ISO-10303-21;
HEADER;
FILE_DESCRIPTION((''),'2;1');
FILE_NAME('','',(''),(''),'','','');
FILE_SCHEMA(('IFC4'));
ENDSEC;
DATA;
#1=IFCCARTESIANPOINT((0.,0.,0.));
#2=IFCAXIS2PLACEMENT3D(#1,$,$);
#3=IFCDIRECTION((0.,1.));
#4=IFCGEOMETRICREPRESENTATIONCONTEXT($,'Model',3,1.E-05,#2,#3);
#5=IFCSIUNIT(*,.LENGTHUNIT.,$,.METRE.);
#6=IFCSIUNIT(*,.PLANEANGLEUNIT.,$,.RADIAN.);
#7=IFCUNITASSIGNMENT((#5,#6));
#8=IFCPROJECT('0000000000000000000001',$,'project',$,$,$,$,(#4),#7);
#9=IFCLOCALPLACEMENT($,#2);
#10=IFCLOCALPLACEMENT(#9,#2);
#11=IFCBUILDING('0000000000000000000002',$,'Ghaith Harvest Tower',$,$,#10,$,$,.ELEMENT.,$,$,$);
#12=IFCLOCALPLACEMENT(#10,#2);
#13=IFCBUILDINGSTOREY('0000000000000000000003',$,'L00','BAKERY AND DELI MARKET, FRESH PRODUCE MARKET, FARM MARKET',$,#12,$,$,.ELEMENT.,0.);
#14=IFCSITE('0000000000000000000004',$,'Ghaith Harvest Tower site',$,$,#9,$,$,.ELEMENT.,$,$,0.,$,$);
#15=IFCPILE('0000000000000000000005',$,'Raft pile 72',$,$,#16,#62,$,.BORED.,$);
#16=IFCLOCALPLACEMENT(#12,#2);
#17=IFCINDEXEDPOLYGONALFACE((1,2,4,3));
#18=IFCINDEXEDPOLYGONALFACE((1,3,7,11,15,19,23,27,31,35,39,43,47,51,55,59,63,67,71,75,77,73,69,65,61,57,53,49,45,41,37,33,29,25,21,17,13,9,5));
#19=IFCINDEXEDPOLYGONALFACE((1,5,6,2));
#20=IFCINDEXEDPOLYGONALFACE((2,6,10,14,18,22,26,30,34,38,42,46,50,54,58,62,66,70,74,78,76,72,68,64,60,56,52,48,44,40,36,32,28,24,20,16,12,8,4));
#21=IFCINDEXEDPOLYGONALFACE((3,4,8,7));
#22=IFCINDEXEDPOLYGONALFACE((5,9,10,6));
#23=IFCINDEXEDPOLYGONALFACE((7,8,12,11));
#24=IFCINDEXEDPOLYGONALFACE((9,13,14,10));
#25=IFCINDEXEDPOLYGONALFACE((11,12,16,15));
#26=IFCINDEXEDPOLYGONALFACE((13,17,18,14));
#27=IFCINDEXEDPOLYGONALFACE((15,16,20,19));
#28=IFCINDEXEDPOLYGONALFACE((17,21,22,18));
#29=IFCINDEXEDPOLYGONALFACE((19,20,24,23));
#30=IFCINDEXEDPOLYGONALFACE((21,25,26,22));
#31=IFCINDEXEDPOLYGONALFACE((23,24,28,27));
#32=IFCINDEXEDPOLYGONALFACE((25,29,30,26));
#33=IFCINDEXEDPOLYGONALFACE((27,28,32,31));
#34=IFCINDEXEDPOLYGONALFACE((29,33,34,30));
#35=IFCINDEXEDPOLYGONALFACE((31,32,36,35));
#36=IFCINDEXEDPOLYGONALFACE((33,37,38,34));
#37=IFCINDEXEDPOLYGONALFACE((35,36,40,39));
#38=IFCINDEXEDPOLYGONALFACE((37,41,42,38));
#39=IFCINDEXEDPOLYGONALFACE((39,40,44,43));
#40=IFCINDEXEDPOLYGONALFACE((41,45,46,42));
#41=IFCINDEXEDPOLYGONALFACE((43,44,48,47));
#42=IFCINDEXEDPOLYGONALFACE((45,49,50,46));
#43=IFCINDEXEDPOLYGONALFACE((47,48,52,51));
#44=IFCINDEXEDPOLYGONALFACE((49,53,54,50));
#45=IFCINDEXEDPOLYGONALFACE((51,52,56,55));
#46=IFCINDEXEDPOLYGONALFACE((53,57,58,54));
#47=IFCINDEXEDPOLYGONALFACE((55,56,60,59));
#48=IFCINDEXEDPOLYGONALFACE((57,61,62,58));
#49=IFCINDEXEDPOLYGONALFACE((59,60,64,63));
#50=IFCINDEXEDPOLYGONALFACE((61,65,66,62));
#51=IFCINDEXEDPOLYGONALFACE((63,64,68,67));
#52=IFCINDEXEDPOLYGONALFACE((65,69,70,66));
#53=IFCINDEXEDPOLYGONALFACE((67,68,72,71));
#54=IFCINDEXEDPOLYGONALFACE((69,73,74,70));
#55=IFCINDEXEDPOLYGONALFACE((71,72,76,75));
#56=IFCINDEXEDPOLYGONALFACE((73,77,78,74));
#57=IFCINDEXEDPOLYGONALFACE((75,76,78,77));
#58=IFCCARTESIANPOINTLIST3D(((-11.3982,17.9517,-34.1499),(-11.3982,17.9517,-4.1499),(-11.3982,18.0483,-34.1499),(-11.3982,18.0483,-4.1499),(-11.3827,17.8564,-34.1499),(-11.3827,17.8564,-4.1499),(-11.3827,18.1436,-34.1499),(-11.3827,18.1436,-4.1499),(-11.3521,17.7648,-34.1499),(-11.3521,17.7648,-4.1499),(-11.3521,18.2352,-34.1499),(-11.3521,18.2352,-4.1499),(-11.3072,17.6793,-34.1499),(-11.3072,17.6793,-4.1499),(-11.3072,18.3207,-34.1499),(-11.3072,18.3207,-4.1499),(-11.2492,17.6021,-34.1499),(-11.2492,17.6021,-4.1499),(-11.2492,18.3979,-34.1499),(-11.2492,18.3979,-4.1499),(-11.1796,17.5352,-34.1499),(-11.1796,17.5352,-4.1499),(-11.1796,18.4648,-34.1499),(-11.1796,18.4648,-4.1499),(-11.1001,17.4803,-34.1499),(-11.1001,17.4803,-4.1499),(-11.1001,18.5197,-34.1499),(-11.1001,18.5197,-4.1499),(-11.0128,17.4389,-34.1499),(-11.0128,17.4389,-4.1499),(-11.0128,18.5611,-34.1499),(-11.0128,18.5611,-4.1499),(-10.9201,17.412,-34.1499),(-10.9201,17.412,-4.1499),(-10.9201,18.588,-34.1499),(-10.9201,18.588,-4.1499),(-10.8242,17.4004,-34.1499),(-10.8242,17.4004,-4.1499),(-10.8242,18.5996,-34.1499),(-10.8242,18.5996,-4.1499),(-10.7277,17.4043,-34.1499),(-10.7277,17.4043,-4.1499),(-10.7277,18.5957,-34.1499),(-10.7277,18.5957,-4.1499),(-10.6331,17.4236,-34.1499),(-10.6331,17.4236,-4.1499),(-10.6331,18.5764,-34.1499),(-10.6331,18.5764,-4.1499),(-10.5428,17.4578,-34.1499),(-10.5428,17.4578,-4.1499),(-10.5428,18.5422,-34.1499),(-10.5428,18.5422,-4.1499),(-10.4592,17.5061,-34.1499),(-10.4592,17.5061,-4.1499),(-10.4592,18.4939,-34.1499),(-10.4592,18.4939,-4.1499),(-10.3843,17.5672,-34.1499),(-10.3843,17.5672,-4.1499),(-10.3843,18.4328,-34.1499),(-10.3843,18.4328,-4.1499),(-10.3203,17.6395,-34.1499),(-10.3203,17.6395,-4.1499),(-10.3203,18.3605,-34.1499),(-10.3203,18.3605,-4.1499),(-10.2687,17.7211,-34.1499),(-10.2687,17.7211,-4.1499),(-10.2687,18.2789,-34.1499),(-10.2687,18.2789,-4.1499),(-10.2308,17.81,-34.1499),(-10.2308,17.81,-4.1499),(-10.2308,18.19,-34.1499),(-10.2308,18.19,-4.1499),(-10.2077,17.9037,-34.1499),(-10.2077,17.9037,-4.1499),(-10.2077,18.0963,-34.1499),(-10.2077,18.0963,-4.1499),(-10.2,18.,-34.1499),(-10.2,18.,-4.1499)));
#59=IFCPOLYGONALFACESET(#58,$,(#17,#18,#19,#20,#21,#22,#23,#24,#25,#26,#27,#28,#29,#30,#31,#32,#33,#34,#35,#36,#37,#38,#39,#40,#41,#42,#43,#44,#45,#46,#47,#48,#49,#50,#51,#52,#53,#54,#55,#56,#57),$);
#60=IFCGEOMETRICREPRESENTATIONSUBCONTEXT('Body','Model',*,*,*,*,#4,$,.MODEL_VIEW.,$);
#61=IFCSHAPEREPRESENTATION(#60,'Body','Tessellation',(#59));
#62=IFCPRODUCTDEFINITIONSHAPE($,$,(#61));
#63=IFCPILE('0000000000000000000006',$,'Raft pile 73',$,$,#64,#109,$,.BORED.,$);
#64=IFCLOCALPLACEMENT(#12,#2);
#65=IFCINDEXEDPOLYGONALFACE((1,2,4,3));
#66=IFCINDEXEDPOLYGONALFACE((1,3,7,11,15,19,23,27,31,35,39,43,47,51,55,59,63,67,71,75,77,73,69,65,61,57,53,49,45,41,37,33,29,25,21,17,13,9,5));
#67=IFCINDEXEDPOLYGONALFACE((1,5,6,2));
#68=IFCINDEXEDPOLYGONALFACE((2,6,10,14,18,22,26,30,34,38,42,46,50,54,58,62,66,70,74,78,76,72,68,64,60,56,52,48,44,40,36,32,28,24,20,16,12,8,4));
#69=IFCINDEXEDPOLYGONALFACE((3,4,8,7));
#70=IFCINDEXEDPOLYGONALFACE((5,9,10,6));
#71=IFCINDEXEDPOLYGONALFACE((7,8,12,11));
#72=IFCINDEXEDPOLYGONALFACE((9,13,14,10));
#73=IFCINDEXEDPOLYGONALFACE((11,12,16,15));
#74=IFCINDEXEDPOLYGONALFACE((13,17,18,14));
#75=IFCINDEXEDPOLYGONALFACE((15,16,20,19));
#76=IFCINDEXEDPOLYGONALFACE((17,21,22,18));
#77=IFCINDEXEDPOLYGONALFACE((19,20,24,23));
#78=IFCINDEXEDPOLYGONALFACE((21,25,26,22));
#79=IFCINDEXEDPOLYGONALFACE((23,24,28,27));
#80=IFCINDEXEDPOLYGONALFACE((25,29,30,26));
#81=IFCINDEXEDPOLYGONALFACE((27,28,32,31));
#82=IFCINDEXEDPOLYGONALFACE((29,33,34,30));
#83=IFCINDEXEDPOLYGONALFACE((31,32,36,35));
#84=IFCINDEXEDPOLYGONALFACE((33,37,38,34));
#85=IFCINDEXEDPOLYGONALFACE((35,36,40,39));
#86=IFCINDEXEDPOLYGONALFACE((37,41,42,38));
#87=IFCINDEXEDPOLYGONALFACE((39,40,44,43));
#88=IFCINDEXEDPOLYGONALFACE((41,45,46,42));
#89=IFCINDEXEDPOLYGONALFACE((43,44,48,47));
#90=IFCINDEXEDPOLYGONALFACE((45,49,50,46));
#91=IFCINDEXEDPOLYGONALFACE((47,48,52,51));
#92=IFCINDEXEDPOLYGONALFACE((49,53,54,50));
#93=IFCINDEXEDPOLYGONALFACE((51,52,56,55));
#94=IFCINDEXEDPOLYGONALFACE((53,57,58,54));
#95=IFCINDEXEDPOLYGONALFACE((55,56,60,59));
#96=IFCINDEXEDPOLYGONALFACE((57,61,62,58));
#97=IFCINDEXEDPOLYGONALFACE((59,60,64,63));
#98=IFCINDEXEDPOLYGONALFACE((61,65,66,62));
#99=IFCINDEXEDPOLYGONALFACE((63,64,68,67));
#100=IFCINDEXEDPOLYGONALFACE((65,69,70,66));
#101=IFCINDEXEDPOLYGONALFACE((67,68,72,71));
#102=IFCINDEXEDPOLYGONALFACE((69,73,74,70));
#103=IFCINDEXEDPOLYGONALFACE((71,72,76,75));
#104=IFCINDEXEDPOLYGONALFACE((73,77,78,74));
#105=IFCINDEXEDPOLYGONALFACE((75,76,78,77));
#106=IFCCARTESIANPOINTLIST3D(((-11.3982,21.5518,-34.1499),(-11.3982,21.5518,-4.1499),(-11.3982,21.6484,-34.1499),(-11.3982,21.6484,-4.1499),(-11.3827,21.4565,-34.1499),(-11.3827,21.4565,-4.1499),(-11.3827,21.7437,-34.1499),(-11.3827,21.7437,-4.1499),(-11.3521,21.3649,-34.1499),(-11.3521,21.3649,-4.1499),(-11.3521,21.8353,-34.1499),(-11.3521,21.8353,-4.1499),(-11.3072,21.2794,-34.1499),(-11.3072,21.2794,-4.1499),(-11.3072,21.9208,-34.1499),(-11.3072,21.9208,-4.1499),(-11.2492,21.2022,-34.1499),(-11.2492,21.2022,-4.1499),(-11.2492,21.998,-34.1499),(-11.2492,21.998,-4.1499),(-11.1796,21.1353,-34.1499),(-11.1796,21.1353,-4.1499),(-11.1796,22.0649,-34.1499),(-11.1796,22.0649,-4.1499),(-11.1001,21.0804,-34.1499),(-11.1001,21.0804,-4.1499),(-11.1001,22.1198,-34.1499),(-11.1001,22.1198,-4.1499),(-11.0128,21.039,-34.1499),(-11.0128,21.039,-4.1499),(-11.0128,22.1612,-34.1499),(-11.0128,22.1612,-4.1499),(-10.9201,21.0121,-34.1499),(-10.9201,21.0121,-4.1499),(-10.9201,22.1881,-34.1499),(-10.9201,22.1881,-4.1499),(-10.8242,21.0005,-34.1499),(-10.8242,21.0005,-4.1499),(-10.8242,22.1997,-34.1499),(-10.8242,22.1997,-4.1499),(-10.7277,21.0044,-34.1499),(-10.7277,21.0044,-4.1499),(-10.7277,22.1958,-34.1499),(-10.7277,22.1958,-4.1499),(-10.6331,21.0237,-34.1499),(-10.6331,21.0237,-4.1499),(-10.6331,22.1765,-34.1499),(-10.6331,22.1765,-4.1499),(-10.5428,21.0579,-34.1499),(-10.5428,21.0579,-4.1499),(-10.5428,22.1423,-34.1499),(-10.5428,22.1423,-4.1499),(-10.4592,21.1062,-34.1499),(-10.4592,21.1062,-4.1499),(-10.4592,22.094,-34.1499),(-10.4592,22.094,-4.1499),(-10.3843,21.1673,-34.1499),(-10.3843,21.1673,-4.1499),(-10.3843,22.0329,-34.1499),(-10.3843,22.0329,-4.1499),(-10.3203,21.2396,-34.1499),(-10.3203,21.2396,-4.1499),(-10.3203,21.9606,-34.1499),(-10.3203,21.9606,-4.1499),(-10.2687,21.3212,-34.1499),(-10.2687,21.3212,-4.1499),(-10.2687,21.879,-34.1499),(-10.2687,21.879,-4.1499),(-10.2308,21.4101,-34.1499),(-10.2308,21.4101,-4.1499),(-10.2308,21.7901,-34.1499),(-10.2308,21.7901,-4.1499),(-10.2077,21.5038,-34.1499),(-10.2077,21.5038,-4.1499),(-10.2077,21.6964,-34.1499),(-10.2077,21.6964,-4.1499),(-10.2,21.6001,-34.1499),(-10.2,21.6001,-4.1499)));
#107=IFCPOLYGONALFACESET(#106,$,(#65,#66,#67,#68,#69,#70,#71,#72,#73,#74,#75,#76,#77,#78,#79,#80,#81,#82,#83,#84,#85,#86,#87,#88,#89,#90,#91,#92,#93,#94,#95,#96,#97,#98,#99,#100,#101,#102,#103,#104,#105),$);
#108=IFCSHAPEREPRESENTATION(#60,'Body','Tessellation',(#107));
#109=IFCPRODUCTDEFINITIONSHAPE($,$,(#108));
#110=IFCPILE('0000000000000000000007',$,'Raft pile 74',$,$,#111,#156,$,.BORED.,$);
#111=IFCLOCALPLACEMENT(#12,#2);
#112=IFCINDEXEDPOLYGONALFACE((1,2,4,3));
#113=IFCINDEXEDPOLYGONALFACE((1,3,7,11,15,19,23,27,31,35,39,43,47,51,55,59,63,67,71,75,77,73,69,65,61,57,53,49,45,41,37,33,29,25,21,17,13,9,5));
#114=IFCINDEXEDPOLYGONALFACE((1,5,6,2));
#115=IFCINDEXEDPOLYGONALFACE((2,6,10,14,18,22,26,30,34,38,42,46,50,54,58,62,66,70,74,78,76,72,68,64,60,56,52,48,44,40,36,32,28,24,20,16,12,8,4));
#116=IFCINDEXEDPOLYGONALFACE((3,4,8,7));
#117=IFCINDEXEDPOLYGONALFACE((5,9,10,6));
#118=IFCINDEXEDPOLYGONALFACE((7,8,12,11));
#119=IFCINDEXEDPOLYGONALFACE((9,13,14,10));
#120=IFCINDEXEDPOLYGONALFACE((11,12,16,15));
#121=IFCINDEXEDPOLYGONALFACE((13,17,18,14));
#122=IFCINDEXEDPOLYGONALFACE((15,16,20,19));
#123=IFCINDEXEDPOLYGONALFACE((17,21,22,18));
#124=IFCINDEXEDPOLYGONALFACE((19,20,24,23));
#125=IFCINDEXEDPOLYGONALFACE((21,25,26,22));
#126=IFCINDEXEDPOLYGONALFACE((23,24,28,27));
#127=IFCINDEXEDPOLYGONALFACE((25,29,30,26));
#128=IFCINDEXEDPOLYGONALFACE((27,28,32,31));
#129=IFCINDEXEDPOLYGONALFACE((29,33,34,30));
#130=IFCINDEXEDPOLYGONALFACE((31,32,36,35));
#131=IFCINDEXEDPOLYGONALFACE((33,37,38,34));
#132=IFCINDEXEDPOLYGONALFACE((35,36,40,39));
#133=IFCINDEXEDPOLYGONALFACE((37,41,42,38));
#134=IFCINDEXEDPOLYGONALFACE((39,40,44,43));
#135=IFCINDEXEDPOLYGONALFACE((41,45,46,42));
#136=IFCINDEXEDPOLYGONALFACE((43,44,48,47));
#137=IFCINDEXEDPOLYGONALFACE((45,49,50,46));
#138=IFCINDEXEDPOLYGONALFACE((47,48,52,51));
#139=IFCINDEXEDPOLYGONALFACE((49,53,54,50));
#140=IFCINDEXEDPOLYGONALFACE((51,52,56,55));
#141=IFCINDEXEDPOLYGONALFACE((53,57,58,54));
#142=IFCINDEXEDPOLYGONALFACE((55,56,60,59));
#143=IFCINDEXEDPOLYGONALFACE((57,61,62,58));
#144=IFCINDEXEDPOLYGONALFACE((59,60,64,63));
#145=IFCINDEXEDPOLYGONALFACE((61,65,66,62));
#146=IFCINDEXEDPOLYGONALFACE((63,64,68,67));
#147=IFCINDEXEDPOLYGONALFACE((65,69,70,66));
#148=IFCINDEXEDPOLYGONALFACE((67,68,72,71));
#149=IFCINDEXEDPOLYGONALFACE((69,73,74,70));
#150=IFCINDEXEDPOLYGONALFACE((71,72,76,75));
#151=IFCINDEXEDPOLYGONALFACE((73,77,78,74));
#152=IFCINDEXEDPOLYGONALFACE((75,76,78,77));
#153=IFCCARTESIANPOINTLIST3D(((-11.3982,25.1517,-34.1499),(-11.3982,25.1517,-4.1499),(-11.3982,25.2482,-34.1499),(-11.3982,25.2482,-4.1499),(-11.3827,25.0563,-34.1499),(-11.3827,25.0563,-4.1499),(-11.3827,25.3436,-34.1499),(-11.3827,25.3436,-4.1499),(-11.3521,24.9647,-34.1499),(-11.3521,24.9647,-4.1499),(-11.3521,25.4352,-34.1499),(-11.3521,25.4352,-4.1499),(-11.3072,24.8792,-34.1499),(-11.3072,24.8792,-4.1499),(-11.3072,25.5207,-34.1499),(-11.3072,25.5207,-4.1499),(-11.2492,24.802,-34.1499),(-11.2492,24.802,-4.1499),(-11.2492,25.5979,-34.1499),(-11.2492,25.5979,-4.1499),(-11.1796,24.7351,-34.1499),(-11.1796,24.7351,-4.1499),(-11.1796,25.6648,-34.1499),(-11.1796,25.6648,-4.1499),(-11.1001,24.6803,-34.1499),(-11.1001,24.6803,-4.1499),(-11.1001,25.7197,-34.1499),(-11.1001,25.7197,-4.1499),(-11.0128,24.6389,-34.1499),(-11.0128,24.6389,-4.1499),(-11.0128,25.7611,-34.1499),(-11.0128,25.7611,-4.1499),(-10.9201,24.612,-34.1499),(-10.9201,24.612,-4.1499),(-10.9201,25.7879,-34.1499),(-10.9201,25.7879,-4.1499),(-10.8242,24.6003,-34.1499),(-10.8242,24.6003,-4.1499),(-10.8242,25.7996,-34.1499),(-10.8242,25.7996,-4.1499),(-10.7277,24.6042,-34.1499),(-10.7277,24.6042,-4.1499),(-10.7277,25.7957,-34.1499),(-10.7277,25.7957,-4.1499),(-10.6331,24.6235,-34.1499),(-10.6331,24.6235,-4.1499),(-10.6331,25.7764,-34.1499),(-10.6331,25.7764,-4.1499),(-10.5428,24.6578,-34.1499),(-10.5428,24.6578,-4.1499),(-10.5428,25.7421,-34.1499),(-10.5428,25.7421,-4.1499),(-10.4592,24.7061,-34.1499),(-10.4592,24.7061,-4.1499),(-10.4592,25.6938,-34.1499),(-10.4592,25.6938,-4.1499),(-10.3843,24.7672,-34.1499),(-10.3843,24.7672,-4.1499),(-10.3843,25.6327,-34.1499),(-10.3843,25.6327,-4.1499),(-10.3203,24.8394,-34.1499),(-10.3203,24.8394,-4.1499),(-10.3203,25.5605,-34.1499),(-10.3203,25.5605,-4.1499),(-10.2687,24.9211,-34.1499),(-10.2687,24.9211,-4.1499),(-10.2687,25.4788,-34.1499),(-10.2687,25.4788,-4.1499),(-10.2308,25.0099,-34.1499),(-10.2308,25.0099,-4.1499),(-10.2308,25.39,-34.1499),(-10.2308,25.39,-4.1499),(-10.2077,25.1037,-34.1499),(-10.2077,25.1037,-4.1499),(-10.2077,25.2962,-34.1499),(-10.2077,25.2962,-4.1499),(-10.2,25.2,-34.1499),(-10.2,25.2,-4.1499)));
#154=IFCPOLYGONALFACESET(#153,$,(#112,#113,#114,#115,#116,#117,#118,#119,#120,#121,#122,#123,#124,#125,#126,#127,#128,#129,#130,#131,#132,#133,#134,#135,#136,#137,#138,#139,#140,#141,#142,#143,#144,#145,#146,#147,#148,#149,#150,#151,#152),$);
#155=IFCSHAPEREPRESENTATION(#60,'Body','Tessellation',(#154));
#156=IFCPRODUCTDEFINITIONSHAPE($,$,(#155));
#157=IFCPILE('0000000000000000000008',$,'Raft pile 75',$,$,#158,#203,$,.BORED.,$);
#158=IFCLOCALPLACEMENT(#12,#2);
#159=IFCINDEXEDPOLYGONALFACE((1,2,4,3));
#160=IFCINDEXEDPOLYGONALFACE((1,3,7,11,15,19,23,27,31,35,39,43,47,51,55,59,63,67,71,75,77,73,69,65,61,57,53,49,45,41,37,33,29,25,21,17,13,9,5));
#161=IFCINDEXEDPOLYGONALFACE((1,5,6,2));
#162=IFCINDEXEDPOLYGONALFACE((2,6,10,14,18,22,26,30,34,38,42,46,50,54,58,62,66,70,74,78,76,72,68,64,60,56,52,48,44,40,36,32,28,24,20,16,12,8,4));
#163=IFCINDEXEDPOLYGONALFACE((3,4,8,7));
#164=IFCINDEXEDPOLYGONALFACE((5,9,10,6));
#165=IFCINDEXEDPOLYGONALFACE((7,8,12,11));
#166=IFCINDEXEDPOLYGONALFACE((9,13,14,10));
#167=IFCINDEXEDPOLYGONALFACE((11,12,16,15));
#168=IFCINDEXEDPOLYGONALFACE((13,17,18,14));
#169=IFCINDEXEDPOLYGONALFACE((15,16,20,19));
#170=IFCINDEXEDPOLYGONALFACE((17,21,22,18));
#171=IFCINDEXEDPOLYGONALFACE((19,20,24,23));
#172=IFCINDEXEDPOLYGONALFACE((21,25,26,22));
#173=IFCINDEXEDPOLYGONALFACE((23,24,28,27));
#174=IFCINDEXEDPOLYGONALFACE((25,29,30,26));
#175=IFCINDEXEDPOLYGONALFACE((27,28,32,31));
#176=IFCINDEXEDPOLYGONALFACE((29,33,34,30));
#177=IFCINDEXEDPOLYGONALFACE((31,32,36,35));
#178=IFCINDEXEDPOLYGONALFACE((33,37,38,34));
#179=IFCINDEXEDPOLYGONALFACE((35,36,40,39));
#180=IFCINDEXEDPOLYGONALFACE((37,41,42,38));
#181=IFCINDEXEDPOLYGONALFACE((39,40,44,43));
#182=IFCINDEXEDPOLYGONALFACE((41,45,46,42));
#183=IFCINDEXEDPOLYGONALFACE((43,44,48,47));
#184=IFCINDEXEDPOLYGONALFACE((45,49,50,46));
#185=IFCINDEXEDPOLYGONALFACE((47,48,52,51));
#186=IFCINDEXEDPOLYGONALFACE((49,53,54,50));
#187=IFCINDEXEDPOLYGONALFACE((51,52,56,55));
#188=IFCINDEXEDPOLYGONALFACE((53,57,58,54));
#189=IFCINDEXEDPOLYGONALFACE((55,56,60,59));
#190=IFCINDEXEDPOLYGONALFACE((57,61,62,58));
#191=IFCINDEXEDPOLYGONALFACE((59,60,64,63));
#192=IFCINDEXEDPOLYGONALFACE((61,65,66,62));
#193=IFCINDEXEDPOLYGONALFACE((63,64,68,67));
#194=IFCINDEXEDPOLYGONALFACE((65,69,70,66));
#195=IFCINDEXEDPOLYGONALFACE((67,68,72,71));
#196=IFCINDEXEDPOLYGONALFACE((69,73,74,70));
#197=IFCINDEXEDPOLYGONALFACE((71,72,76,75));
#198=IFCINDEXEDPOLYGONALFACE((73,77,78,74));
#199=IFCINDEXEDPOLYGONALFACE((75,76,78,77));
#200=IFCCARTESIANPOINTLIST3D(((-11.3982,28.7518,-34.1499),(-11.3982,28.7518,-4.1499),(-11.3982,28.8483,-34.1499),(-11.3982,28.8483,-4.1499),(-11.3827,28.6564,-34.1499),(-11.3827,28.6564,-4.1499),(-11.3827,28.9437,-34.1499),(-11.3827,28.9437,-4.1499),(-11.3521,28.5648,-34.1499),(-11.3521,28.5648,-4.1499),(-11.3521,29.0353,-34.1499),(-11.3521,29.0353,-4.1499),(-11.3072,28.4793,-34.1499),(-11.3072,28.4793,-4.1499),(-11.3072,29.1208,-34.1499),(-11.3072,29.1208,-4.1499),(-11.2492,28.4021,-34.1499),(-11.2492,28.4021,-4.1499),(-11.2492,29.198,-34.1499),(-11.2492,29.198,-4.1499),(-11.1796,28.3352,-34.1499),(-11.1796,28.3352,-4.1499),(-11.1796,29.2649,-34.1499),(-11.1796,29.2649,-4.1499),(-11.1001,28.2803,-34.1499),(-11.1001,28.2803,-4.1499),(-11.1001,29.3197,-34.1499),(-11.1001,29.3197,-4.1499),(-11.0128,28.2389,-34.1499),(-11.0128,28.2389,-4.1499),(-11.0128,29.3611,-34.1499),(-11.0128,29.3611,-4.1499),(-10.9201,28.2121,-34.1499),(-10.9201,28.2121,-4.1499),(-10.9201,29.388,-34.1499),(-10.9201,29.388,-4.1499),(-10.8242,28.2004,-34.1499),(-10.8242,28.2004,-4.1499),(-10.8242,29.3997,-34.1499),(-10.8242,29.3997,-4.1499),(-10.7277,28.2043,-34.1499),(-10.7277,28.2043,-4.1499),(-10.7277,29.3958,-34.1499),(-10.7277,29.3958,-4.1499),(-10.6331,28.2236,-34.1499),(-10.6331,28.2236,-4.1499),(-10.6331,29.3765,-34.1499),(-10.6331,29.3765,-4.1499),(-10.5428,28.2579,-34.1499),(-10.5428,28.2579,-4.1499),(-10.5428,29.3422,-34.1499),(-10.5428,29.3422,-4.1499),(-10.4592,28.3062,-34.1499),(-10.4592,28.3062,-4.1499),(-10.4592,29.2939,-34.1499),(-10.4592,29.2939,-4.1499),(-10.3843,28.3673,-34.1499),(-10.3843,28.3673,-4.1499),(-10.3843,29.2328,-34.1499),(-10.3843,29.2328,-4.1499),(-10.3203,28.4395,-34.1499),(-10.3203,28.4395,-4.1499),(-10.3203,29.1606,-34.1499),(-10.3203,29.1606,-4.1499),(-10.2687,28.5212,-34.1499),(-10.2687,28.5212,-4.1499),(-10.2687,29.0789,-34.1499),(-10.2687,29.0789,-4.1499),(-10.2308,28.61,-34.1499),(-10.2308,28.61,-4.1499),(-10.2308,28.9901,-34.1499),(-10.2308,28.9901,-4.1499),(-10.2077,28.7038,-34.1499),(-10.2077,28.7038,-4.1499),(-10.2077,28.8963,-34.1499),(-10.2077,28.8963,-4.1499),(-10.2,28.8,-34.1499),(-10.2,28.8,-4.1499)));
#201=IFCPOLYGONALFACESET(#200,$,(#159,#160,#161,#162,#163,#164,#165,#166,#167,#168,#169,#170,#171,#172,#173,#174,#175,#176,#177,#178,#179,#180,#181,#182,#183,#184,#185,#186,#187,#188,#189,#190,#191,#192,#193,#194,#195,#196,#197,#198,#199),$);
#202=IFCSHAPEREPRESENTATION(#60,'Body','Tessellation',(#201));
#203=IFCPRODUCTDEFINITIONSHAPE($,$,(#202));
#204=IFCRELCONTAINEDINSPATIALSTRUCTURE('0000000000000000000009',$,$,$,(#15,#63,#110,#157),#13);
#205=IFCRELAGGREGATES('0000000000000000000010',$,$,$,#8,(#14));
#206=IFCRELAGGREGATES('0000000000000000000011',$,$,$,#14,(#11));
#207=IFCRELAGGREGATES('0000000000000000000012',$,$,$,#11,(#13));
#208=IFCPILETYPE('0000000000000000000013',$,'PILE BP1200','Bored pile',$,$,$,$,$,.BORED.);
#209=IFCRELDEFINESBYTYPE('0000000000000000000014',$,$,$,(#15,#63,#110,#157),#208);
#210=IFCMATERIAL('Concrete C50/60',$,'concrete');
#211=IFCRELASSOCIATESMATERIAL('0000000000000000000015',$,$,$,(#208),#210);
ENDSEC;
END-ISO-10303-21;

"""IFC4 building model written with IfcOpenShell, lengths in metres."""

from ifc_helpers import new_model, si_unit, direction, frame, origin, origin_2d, place, context, subcontext, project, spatial, circle, extrude, material, material_profile, profile_set, type_object, element, save


model = new_model("IFC4")

# Units and contexts
model_context = context("Model", 3, precision=1e-05, world=origin(), true_north=direction((0.0, 1.0)))
body_context = subcontext(model_context, "Body", "Model", "MODEL_VIEW")
ifc_project = project(units=[si_unit("LENGTHUNIT", "METRE"), si_unit("PLANEANGLEUNIT", "RADIAN")], contexts=[model_context])

# Site, building, storey
site_placement = place(None, origin())
site = spatial("IfcSite", under=ifc_project, at=site_placement, Name="Ghaith Harvest Tower site", CompositionType="ELEMENT", RefElevation=0.0)
building_placement = place(site_placement, origin())
building = spatial("IfcBuilding", under=site, at=building_placement, Name="Ghaith Harvest Tower", CompositionType="ELEMENT")
storey_placement = place(building_placement, origin())
storey = spatial("IfcBuildingStorey", under=building, at=storey_placement, Name="L00", Description="BAKERY AND DELI MARKET, FRESH PRODUCE MARKET, FARM MARKET", CompositionType="ELEMENT", Elevation=0.0)

# Piles
ifc_material_1 = material(Name="Concrete C50/60", Category="concrete")
ifc_material_profile_1 = material_profile(ifc_material_1, circle(Radius=0.6001, at=origin_2d()), Name="PILE1200")
ifc_profile_set_1 = profile_set([ifc_material_profile_1], Name="Concrete C50/60")
pile_type = type_object("IfcPileType", Name="PILE BP1200", Description="Bored pile", PredefinedType="BORED", material=ifc_profile_set_1)
for number, where, z_axis, x_axis, name in (
    (1, (-10.8, 18.0, -4.1499), (0.0, 0.0, -1.0), (1.0, 0.0, 0.0), "Raft pile 72"),
    (2, (-10.8, 21.6001, -4.1499), (0.0, 0.0, -1.0), (1.0, 0.0, 0.0), "Raft pile 73"),
    (3, (-10.8, 25.2, -4.1499), (0.0, 0.0, -1.0), (1.0, 0.0, 0.0), "Raft pile 74"),
    (4, (-10.8, 28.8, -4.1499), (0.0, 0.0, -1.0), (1.0, 0.0, 0.0), "Raft pile 75"),
):
    element("IfcPile", number, at=place(storey_placement, frame(where, z_axis=z_axis, x_axis=x_axis)), inside=storey, type_object=pile_type, Name=name, PredefinedType="BORED", context=body_context, shape_type="SweptSolid", body=[
        extrude(circle(Radius=0.6001, at=origin_2d()), origin(), (0.0, 0.0, 1.0), 30.0),
    ])

save(model, "model.ifc")
